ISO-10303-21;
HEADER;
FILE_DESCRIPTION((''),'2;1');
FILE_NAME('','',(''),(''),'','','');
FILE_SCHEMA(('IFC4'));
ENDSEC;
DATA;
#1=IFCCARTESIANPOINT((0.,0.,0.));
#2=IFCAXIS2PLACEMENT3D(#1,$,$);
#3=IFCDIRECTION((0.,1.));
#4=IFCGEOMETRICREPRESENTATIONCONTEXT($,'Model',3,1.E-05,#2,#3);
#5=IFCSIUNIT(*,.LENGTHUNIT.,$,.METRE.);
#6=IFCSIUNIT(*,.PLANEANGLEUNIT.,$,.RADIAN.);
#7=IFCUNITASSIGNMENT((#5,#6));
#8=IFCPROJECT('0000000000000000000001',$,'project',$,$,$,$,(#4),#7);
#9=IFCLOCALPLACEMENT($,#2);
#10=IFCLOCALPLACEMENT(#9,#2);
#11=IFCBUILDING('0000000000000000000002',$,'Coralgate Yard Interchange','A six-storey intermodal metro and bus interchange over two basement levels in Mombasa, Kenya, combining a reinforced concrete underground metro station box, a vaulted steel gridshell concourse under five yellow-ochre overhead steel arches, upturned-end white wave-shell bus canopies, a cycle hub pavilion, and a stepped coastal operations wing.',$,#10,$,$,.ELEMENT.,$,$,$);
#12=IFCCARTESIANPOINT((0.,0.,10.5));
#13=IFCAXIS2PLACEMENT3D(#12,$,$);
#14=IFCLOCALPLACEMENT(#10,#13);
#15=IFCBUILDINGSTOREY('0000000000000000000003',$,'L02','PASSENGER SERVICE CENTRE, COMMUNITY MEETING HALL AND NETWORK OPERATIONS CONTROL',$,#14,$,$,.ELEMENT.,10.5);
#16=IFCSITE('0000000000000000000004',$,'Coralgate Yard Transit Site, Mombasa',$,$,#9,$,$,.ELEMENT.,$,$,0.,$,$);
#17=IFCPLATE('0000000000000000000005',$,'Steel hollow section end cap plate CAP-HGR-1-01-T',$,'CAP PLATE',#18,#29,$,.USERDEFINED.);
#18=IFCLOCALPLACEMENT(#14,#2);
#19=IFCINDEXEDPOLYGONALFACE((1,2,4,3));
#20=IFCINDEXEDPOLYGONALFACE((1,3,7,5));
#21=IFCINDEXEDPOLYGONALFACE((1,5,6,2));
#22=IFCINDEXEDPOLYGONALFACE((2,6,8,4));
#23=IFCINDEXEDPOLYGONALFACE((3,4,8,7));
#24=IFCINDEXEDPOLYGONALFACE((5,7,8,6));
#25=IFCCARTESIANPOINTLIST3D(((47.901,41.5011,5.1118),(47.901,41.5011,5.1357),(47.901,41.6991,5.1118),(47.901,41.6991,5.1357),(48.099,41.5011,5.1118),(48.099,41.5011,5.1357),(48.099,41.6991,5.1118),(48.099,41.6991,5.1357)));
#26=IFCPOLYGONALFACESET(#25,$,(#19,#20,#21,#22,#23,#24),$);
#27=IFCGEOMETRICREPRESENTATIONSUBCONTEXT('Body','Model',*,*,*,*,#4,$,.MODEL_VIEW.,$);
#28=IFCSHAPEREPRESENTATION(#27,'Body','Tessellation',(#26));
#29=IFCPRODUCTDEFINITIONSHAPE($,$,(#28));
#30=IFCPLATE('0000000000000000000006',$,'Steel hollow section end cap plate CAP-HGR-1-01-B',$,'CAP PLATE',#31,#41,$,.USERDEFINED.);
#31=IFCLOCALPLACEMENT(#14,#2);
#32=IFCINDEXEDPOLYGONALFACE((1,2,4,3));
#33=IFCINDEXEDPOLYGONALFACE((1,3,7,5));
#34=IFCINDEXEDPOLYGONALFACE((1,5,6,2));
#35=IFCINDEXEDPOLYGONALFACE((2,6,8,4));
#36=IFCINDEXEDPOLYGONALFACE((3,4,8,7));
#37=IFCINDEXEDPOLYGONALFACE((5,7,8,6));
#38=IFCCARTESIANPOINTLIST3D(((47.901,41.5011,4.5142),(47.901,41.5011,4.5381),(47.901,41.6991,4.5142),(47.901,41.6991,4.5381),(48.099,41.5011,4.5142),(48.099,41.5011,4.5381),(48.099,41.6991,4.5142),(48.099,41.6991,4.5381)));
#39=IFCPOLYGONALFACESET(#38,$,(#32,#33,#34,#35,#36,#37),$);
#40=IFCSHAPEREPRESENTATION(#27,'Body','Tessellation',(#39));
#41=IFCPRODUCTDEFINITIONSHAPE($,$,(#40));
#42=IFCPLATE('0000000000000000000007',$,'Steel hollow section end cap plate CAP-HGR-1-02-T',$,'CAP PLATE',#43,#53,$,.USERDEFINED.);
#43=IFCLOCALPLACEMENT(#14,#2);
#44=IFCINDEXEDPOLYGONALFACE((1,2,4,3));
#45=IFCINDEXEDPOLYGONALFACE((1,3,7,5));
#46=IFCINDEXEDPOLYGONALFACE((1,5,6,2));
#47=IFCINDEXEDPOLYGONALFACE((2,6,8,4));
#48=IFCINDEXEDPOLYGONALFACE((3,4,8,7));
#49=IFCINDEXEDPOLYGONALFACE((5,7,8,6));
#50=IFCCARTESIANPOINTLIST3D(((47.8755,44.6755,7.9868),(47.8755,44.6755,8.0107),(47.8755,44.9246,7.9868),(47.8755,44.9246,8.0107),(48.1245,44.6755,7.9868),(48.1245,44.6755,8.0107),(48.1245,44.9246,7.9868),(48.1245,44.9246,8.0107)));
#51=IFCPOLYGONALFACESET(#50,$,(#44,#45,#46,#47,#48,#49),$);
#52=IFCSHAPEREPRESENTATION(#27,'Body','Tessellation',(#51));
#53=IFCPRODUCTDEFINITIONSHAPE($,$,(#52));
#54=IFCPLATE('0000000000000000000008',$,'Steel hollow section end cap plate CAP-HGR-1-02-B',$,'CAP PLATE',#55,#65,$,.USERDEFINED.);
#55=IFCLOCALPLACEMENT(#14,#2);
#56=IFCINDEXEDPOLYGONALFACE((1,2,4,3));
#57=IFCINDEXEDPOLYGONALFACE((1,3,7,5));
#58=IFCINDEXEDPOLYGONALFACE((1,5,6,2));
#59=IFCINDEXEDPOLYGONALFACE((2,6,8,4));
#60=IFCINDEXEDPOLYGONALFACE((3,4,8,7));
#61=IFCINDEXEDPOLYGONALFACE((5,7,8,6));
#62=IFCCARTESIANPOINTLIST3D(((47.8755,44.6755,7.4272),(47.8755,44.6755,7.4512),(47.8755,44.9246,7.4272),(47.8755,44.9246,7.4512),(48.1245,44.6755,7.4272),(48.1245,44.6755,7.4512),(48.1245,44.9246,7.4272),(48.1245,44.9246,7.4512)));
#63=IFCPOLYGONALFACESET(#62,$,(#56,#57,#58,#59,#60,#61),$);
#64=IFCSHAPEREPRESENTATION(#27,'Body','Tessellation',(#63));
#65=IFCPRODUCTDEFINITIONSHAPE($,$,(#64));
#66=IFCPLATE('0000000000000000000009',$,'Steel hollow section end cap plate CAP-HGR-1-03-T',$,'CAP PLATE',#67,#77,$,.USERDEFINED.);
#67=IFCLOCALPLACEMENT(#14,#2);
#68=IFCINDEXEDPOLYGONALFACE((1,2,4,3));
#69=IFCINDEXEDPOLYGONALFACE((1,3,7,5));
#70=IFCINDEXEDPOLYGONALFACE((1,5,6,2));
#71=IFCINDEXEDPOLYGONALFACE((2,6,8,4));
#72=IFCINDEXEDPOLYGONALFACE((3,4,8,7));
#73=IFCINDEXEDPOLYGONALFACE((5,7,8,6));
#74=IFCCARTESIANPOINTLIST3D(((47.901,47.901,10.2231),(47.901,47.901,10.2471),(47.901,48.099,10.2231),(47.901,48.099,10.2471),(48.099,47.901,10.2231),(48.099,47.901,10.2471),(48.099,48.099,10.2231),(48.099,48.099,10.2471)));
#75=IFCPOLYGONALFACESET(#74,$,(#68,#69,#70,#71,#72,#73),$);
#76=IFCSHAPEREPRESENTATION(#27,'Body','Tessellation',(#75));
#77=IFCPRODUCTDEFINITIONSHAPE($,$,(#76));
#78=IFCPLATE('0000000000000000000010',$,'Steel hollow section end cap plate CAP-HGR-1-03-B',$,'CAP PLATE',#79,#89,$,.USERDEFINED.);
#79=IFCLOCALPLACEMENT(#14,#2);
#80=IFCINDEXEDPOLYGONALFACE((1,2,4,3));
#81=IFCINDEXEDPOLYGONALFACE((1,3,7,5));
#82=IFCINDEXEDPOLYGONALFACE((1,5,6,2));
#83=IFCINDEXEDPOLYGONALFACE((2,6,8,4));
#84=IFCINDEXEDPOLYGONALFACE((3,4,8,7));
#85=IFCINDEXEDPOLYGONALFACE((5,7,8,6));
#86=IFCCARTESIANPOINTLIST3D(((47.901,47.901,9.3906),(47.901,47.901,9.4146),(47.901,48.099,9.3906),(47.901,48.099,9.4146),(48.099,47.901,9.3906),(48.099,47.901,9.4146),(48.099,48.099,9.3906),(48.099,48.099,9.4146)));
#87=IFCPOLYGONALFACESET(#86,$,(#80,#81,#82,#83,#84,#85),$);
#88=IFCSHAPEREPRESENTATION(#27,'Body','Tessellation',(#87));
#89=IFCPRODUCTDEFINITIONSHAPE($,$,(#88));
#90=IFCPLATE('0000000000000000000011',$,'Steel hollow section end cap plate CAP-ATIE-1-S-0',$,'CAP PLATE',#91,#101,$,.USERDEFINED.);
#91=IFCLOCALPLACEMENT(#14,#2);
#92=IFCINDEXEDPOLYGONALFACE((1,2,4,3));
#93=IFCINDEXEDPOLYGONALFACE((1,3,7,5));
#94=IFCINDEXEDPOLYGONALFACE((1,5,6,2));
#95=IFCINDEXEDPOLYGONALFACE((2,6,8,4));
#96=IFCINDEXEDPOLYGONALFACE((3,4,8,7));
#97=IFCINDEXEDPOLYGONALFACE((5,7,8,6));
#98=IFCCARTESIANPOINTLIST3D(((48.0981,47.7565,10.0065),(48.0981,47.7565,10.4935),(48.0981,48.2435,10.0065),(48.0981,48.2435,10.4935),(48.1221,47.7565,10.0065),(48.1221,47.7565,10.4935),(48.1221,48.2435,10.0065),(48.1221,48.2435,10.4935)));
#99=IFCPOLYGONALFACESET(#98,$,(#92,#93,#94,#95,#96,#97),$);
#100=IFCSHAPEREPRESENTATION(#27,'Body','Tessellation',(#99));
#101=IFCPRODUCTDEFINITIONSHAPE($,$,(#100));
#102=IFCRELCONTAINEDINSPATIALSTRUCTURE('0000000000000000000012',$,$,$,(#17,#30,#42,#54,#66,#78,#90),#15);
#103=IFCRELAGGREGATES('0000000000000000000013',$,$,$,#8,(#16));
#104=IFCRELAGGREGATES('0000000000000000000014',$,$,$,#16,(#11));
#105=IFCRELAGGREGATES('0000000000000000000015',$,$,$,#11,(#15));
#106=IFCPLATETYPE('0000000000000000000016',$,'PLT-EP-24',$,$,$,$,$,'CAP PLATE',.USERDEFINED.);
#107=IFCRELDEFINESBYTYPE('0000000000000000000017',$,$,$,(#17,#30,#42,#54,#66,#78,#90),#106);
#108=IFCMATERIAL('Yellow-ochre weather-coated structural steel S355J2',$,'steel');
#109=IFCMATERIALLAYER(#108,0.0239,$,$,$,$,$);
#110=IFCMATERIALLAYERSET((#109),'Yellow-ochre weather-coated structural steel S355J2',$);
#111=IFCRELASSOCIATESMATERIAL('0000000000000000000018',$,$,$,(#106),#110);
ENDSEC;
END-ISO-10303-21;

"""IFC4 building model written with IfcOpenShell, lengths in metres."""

from ifc_helpers import new_model, si_unit, direction, frame, origin, origin_2d, place, context, subcontext, project, spatial, rectangle, extrude, material, layer, layer_set, type_object, element, save


model = new_model("IFC4")

# Units and contexts
model_context = context("Model", 3, precision=1e-05, world=origin(), true_north=direction((0.0, 1.0)))
body_context = subcontext(model_context, "Body", "Model", "MODEL_VIEW")
ifc_project = project(units=[si_unit("LENGTHUNIT", "METRE"), si_unit("PLANEANGLEUNIT", "RADIAN")], contexts=[model_context])

# Site, building, storey
site_placement = place(None, origin())
site = spatial("IfcSite", under=ifc_project, at=site_placement, Name="Coralgate Yard Transit Site, Mombasa", CompositionType="ELEMENT", RefElevation=0.0)
building_placement = place(site_placement, origin())
building = spatial("IfcBuilding", under=site, at=building_placement, Name="Coralgate Yard Interchange", Description="A six-storey intermodal metro and bus interchange over two basement levels in Mombasa, Kenya, combining a reinforced concrete underground metro station box, a vaulted steel gridshell concourse under five yellow-ochre overhead steel arches, upturned-end white wave-shell bus canopies, a cycle hub pavilion, and a stepped coastal operations wing.", CompositionType="ELEMENT")
storey_placement = place(building_placement, frame((0.0, 0.0, 10.5)))
storey = spatial("IfcBuildingStorey", under=building, at=storey_placement, Name="L02", Description="PASSENGER SERVICE CENTRE, COMMUNITY MEETING HALL AND NETWORK OPERATIONS CONTROL", CompositionType="ELEMENT", Elevation=10.5)

# Shared definitions
ifc_material_1 = material(Name="Yellow-ochre weather-coated structural steel S355J2", Category="steel")

# Plates
ifc_layer = layer(ifc_material_1, 0.0239)
ifc_layer_set = layer_set([ifc_layer], Name="Yellow-ochre weather-coated structural steel S355J2")
plate_type = type_object("IfcPlateType", Name="PLT-EP-24", ElementType="CAP PLATE", PredefinedType="USERDEFINED", material=ifc_layer_set)
for number, where, z_axis, x_axis, name in (
    (1, (48.0, 41.6001, 5.1118), (0.0, 0.0, 1.0), (1.0, 0.0, 0.0), "Steel hollow section end cap plate CAP-HGR-1-01-T"),
    (2, (48.0, 41.6001, 4.5381), (0.0, 0.0, -1.0), (1.0, 0.0, 0.0), "Steel hollow section end cap plate CAP-HGR-1-01-B"),
):
    element("IfcPlate", number, at=place(storey_placement, frame(where, z_axis=z_axis, x_axis=x_axis)), inside=storey, type_object=plate_type, Name=name, ObjectType="CAP PLATE", PredefinedType="USERDEFINED", context=body_context, shape_type="SweptSolid", body=[
        extrude(rectangle(XDim=0.198, YDim=0.198, at=origin_2d()), origin(), (0.0, 0.0, 1.0), 0.0239),
    ])
for number, where, z_axis, x_axis, name in (
    (3, (48.0, 44.8, 7.9868), (0.0, 0.0, 1.0), (1.0, 0.0, 0.0), "Steel hollow section end cap plate CAP-HGR-1-02-T"),
    (4, (48.0, 44.8, 7.4512), (0.0, 0.0, -1.0), (1.0, 0.0, 0.0), "Steel hollow section end cap plate CAP-HGR-1-02-B"),
):
    element("IfcPlate", number, at=place(storey_placement, frame(where, z_axis=z_axis, x_axis=x_axis)), inside=storey, type_object=plate_type, Name=name, ObjectType="CAP PLATE", PredefinedType="USERDEFINED", context=body_context, shape_type="SweptSolid", body=[
        extrude(rectangle(XDim=0.249, YDim=0.249, at=origin_2d()), origin(), (0.0, 0.0, 1.0), 0.0239),
    ])
for number, where, z_axis, x_axis, name in (
    (5, (48.0, 48.0, 10.2231), (0.0, 0.0, 1.0), (1.0, 0.0, 0.0), "Steel hollow section end cap plate CAP-HGR-1-03-T"),
    (6, (48.0, 48.0, 9.4146), (0.0, 0.0, -1.0), (1.0, 0.0, 0.0), "Steel hollow section end cap plate CAP-HGR-1-03-B"),
):
    element("IfcPlate", number, at=place(storey_placement, frame(where, z_axis=z_axis, x_axis=x_axis)), inside=storey, type_object=plate_type, Name=name, ObjectType="CAP PLATE", PredefinedType="USERDEFINED", context=body_context, shape_type="SweptSolid", body=[
        extrude(rectangle(XDim=0.198, YDim=0.198, at=origin_2d()), origin(), (0.0, 0.0, 1.0), 0.0239),
    ])
plate_placement = place(storey_placement, frame((48.1221, 48.0, 10.25), z_axis=(-1.0, 0.0, 0.0), x_axis=(0.0, -1.0, 0.0)))
element("IfcPlate", 7, at=plate_placement, inside=storey, type_object=plate_type, Name="Steel hollow section end cap plate CAP-ATIE-1-S-0", ObjectType="CAP PLATE", PredefinedType="USERDEFINED", context=body_context, shape_type="SweptSolid", body=[
    extrude(rectangle(XDim=0.4871, YDim=0.4871, at=origin_2d()), origin(), (0.0, 0.0, 1.0), 0.0239),
])

save(model, "model.ifc")
